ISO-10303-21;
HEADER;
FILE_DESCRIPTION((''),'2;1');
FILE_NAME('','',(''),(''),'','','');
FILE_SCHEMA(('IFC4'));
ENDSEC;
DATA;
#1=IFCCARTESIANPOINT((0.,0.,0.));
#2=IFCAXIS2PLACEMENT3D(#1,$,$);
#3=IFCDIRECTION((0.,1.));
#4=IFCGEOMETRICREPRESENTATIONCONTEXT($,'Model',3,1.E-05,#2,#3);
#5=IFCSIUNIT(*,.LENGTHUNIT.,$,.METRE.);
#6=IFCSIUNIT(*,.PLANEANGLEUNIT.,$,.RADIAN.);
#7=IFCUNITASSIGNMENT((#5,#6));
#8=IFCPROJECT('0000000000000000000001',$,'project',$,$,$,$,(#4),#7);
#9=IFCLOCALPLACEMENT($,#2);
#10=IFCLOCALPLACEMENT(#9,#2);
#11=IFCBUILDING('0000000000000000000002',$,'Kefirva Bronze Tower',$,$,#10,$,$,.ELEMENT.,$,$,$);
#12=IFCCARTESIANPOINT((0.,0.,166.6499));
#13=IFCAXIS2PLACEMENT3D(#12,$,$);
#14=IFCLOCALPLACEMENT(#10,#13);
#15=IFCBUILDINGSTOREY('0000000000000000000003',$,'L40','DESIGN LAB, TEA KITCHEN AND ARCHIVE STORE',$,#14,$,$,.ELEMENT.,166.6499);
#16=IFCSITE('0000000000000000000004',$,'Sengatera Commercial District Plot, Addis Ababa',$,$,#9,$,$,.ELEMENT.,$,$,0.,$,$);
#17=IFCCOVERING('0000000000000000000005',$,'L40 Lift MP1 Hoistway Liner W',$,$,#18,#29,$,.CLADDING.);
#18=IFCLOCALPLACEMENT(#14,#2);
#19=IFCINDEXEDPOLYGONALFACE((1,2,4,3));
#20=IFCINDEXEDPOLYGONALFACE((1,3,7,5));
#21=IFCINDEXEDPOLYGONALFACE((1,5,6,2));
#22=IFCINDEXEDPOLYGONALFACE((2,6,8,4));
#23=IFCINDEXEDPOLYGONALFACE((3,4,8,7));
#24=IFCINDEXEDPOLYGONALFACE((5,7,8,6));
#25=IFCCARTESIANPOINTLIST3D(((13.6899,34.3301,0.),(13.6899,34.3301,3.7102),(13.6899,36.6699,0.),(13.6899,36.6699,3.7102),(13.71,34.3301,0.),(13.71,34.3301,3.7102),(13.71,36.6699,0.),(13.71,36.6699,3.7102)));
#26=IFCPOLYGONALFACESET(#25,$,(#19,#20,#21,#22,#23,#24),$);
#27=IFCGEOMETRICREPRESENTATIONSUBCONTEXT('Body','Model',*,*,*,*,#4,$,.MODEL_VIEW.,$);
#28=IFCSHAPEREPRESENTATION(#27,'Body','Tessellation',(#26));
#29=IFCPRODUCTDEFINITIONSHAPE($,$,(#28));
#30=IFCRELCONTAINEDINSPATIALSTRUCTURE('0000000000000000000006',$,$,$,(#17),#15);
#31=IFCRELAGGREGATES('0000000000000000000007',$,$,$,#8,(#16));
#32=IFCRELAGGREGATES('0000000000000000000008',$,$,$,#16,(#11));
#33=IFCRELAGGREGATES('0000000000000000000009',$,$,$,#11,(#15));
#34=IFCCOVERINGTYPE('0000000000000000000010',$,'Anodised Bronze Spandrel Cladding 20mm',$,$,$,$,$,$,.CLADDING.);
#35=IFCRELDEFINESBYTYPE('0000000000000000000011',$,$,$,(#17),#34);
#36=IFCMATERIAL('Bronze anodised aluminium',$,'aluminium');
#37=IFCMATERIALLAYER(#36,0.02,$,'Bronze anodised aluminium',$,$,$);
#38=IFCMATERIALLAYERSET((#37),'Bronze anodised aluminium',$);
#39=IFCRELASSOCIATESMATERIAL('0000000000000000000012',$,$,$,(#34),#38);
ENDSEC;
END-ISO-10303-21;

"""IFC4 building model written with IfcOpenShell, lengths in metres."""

from ifc_helpers import new_model, si_unit, direction, frame, origin, place, context, subcontext, project, spatial, polyline, outline, extrude, material, layer, layer_set, type_object, element, save


model = new_model("IFC4")

# Units and contexts
model_context = context("Model", 3, precision=1e-05, world=origin(), true_north=direction((0.0, 1.0)))
body_context = subcontext(model_context, "Body", "Model", "MODEL_VIEW")
ifc_project = project(units=[si_unit("LENGTHUNIT", "METRE"), si_unit("PLANEANGLEUNIT", "RADIAN")], contexts=[model_context])

# Site, building, storey
site_placement = place(None, origin())
site = spatial("IfcSite", under=ifc_project, at=site_placement, Name="Sengatera Commercial District Plot, Addis Ababa", CompositionType="ELEMENT", RefElevation=0.0)
building_placement = place(site_placement, origin())
building = spatial("IfcBuilding", under=site, at=building_placement, Name="Kefirva Bronze Tower", CompositionType="ELEMENT")
storey_placement = place(building_placement, frame((0.0, 0.0, 166.6499)))
storey = spatial("IfcBuildingStorey", under=building, at=storey_placement, Name="L40", Description="DESIGN LAB, TEA KITCHEN AND ARCHIVE STORE", CompositionType="ELEMENT", Elevation=166.6499)

# Covering
ifc_material_1 = material(Name="Bronze anodised aluminium", Category="aluminium")
ifc_layer_1 = layer(ifc_material_1, 0.02, Name="Bronze anodised aluminium")
ifc_layer_set_1 = layer_set([ifc_layer_1], Name="Bronze anodised aluminium")
covering_type = type_object("IfcCoveringType", Name="Anodised Bronze Spandrel Cladding 20mm", PredefinedType="CLADDING", material=ifc_layer_set_1)
covering_1_placement = place(storey_placement, origin())
element("IfcCovering", 1, at=covering_1_placement, inside=storey, type_object=covering_type, Name="L40 Lift MP1 Hoistway Liner W", PredefinedType="CLADDING", context=body_context, shape_type="SweptSolid", body=[
    extrude(outline(polyline([(13.6899, 34.3301), (13.71, 34.3301), (13.71, 36.6699), (13.6899, 36.6699), (13.6899, 34.3301)])), origin(), (0.0, 0.0, 1.0), 3.7102),
])

save(model, "model.ifc")
